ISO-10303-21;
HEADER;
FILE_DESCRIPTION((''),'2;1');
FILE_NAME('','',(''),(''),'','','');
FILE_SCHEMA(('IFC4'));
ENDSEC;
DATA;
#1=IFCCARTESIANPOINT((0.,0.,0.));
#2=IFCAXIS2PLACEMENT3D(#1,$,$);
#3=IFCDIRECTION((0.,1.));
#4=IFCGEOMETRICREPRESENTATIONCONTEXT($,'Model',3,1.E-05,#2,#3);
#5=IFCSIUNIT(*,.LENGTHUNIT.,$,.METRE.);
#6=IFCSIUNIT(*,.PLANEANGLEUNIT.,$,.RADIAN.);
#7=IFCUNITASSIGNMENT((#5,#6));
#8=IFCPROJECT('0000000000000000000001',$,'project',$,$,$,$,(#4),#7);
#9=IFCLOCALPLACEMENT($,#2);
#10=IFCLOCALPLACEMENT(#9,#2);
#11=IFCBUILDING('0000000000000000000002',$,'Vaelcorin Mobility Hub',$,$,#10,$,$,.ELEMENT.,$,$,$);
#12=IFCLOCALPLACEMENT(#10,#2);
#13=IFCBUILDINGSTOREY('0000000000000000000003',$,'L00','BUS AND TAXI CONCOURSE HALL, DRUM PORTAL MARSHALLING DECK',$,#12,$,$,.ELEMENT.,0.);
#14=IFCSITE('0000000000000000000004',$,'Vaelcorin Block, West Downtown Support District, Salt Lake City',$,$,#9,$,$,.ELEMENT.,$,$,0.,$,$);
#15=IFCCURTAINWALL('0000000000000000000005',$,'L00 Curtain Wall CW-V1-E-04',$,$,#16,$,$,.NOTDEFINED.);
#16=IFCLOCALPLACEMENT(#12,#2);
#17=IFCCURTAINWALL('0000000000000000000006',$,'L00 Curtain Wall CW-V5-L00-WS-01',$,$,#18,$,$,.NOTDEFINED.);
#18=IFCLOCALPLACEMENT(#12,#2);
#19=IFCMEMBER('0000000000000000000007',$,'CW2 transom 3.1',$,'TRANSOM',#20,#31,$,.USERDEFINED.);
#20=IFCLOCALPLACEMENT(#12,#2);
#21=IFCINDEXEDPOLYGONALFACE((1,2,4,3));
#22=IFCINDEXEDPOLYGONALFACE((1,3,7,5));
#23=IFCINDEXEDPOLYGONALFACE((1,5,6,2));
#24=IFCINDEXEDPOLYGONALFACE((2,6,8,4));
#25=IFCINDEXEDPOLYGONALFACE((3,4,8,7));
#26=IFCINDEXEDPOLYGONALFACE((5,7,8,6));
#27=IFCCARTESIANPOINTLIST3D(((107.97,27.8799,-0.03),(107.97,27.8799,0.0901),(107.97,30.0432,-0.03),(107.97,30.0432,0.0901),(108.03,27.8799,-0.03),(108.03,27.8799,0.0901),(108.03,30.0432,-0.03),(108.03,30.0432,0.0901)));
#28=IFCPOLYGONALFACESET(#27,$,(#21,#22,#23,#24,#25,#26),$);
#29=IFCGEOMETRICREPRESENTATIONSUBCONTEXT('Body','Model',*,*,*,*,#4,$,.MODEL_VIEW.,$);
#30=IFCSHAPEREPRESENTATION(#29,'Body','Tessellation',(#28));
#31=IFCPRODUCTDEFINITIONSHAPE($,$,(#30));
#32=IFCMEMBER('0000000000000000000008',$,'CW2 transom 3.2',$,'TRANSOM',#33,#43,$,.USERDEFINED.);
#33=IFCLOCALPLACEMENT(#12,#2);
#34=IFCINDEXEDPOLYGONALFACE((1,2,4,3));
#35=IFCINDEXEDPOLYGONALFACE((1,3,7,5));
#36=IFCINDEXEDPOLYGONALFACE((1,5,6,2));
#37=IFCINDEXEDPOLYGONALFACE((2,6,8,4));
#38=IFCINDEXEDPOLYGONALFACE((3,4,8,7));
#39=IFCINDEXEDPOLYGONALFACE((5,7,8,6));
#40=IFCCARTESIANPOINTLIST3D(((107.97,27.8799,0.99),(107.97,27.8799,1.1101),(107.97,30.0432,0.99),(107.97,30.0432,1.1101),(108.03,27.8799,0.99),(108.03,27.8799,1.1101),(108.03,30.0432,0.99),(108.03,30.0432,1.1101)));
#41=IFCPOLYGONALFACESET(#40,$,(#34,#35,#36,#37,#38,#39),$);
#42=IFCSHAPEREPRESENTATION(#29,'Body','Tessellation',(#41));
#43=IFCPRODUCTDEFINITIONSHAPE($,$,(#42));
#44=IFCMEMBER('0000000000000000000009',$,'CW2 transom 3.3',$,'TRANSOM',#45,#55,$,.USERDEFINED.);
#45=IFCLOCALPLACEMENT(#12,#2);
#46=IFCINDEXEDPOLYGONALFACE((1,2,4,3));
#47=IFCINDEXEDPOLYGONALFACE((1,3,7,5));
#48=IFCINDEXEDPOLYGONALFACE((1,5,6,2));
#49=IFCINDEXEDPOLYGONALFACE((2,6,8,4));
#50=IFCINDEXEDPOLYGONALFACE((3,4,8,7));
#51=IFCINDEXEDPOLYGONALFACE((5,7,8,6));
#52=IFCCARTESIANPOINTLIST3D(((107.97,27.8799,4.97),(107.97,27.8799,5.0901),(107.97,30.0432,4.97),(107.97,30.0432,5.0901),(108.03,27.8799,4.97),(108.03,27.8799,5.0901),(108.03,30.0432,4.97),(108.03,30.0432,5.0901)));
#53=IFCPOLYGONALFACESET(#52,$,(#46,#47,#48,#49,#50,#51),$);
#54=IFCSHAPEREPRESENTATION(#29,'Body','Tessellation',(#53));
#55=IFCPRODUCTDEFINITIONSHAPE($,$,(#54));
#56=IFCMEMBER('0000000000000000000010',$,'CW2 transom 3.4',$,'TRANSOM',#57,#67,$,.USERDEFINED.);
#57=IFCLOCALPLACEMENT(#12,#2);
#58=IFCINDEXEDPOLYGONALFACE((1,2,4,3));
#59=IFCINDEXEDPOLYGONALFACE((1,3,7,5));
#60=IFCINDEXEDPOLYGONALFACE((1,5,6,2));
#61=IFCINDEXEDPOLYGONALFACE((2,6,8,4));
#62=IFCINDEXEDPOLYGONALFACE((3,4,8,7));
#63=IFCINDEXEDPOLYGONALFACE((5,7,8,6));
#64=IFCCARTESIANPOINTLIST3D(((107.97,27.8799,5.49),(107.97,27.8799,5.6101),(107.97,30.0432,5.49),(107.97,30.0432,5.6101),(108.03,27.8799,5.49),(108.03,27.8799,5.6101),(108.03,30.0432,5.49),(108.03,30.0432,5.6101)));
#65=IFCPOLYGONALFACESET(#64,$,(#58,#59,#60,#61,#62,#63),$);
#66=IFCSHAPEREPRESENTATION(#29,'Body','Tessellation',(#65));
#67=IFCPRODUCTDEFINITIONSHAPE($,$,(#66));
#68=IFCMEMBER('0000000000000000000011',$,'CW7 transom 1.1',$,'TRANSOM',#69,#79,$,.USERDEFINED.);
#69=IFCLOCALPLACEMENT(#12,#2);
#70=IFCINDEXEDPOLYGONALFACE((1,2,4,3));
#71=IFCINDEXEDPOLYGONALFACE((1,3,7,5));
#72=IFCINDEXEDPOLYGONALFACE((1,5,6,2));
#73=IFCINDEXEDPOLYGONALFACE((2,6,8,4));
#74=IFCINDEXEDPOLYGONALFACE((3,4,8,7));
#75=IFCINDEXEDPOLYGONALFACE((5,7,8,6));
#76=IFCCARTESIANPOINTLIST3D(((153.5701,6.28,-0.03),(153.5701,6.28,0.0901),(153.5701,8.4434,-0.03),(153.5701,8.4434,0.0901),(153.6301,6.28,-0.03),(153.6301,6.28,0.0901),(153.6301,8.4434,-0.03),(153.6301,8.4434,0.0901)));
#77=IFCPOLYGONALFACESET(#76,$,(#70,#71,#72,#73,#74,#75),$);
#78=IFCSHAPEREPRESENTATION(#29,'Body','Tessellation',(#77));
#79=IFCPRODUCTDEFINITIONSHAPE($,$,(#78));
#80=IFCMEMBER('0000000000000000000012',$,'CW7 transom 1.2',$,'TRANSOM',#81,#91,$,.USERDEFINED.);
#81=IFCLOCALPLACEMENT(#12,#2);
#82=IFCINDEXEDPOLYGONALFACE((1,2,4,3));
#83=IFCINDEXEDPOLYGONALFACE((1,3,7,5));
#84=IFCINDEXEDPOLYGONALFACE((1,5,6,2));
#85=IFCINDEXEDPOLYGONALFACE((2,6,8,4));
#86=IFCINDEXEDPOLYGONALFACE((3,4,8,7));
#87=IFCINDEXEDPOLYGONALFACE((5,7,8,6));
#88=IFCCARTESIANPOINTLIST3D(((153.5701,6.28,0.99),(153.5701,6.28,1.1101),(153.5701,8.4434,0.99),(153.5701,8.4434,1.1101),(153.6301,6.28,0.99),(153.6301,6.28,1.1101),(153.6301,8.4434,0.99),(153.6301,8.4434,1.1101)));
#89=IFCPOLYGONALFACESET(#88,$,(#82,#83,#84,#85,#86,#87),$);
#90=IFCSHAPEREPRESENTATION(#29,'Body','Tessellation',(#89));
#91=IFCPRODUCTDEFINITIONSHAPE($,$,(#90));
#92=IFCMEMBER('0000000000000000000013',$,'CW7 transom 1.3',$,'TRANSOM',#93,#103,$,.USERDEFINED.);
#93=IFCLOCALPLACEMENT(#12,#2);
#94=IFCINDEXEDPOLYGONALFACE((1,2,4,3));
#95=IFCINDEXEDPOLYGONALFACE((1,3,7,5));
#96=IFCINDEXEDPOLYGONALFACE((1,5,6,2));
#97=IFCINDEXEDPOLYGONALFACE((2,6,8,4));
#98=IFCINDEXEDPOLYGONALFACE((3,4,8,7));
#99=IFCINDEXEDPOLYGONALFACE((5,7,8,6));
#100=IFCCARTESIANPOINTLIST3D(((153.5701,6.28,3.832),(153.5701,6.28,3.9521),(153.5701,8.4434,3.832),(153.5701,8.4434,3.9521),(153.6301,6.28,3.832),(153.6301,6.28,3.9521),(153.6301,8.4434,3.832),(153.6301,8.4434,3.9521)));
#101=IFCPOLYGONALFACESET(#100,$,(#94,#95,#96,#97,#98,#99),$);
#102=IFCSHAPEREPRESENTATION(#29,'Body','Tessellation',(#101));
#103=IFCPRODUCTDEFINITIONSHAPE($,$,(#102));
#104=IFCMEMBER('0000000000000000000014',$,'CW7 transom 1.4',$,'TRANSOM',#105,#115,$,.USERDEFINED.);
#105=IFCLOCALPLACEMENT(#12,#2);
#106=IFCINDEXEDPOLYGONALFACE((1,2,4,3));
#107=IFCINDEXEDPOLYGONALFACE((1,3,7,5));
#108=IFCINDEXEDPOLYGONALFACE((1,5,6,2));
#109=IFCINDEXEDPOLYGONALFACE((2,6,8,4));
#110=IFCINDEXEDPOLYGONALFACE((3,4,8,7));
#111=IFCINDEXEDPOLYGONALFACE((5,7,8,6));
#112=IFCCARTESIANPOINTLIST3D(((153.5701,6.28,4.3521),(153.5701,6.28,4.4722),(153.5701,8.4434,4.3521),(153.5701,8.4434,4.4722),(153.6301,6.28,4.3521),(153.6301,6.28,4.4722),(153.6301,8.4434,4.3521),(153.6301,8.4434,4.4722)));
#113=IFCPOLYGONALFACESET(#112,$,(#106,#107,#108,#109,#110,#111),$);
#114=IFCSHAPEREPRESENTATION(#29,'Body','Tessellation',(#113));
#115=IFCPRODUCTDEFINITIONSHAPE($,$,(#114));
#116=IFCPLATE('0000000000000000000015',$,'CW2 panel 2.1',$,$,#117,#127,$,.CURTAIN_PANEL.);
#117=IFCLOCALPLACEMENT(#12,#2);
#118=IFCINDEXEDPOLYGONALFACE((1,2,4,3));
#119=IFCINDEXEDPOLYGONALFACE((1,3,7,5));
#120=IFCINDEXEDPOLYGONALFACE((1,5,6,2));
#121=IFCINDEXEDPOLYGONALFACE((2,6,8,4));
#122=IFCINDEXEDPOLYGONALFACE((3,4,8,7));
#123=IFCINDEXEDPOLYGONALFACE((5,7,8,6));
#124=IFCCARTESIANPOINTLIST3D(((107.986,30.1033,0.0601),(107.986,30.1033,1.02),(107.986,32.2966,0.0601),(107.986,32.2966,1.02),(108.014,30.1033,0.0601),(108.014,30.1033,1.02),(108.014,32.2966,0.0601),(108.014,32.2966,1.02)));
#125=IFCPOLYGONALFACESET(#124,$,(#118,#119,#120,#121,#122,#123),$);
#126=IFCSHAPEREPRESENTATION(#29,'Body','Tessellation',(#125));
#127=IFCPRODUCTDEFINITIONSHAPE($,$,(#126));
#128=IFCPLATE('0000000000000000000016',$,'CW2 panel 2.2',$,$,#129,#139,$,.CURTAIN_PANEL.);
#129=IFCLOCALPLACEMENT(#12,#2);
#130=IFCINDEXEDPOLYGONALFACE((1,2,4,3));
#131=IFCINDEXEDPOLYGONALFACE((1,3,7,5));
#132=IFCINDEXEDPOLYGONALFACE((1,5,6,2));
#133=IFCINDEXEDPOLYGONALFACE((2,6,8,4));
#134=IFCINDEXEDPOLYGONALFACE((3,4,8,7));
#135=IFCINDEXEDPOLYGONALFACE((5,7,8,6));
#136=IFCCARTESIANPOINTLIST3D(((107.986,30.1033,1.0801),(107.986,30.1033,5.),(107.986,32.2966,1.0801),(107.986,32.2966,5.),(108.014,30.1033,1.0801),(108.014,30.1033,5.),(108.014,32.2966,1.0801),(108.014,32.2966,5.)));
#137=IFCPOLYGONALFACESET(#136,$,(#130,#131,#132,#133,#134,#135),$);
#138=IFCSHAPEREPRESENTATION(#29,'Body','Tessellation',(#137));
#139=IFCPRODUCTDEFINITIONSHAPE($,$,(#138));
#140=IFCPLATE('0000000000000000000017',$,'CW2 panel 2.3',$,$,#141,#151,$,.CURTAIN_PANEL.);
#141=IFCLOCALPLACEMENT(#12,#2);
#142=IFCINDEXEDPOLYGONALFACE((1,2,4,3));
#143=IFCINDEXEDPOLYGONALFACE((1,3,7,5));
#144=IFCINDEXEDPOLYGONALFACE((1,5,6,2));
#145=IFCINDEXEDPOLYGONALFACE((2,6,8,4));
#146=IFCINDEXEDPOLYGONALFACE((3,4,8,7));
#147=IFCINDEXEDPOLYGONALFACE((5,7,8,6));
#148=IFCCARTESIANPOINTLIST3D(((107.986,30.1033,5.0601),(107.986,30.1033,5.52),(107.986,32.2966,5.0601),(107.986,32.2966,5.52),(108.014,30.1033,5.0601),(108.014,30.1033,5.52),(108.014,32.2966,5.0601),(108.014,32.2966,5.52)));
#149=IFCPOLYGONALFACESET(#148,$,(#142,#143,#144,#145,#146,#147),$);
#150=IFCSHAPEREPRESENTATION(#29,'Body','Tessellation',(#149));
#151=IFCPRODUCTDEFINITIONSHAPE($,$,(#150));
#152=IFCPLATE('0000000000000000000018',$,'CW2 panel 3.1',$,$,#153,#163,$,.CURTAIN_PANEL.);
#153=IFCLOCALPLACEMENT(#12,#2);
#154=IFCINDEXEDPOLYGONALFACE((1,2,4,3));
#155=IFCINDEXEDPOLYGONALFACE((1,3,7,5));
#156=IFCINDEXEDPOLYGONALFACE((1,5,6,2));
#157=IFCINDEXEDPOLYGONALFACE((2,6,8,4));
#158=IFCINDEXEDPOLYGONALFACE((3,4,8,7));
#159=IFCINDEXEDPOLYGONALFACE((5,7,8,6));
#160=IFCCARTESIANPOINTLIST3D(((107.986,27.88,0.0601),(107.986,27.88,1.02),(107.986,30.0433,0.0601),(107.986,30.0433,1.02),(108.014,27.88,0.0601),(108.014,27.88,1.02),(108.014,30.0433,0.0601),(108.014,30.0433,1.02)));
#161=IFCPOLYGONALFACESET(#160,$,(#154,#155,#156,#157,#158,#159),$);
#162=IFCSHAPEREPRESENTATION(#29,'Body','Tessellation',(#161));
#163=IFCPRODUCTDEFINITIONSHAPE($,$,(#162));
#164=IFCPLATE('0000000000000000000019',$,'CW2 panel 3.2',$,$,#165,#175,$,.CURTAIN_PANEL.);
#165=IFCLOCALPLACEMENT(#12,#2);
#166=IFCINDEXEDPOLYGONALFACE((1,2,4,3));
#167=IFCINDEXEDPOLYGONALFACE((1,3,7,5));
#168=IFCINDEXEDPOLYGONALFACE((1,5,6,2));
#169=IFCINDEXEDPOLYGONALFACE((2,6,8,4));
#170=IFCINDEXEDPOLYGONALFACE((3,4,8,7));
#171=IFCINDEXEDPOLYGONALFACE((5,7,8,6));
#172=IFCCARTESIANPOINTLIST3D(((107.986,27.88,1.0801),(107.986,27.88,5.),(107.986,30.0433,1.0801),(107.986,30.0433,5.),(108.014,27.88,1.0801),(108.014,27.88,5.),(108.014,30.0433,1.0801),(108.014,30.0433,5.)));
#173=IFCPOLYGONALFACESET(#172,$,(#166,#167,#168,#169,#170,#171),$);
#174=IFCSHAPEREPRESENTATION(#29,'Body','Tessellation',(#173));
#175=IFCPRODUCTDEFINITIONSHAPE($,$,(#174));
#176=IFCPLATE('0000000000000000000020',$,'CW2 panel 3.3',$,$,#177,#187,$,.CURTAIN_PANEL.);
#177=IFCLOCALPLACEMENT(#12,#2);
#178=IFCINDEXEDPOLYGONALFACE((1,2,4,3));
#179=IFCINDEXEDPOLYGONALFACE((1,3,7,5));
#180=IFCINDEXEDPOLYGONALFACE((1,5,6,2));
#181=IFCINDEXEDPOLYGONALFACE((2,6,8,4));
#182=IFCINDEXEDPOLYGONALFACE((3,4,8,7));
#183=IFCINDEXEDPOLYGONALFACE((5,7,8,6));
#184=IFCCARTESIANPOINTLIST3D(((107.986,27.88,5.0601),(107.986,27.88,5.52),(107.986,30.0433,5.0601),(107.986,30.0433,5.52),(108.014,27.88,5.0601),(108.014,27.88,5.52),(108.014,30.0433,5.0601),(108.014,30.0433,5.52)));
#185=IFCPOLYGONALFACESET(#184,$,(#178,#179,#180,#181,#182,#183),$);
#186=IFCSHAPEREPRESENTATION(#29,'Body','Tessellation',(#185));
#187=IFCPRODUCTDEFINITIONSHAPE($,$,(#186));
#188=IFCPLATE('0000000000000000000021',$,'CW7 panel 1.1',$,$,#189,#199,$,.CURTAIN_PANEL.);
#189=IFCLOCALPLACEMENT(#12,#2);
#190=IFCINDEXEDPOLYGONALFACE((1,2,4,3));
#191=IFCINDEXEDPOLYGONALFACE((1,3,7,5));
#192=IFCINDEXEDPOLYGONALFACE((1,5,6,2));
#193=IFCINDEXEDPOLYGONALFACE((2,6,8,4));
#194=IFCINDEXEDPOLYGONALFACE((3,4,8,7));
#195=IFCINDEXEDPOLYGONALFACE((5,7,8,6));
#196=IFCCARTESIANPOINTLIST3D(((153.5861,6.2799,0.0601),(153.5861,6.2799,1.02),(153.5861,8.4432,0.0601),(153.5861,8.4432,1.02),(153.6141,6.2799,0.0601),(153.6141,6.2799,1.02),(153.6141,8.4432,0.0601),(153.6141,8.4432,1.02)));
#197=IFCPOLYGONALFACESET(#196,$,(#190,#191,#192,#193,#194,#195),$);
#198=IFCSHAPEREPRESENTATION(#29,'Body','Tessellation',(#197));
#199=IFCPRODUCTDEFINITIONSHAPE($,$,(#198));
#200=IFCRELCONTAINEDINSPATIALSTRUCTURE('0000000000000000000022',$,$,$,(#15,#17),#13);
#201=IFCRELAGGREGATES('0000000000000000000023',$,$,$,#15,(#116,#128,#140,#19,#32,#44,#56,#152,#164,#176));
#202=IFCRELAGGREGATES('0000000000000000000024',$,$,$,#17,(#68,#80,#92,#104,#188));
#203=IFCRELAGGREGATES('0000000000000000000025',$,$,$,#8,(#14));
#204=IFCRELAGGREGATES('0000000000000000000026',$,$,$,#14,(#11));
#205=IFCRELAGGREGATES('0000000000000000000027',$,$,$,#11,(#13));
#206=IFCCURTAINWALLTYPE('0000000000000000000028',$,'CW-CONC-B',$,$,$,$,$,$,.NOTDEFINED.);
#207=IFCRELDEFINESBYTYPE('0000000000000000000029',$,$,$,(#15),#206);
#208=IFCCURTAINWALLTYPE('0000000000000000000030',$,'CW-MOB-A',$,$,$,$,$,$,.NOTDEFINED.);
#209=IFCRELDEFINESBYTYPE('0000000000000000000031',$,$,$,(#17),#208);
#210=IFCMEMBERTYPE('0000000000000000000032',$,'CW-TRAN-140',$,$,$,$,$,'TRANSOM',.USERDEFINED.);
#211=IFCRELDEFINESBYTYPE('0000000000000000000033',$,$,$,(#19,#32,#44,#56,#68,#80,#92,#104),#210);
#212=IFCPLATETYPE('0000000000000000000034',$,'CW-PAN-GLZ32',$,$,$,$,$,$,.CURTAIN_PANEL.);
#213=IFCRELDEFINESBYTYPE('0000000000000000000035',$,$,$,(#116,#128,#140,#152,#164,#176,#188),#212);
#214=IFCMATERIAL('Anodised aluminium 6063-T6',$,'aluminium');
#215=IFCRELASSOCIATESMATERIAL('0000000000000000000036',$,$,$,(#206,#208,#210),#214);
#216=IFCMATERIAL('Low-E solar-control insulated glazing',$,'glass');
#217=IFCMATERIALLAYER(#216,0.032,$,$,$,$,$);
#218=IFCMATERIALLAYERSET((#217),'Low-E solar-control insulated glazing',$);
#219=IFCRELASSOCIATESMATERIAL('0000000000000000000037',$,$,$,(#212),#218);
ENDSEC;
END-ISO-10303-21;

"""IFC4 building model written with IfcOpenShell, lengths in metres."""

from ifc_helpers import new_model, si_unit, direction, frame, origin, origin_2d, place, context, subcontext, project, spatial, rectangle, extrude, material, layer, layer_set, material_profile, profile_set, type_object, element, aggregate, save


model = new_model("IFC4")

# Units and contexts
model_context = context("Model", 3, precision=1e-05, world=origin(), true_north=direction((0.0, 1.0)))
body_context = subcontext(model_context, "Body", "Model", "MODEL_VIEW")
ifc_project = project(units=[si_unit("LENGTHUNIT", "METRE"), si_unit("PLANEANGLEUNIT", "RADIAN")], contexts=[model_context])

# Site, building, storey
site_placement = place(None, origin())
site = spatial("IfcSite", under=ifc_project, at=site_placement, Name="Vaelcorin Block, West Downtown Support District, Salt Lake City", CompositionType="ELEMENT", RefElevation=0.0)
building_placement = place(site_placement, origin())
building = spatial("IfcBuilding", under=site, at=building_placement, Name="Vaelcorin Mobility Hub", CompositionType="ELEMENT")
storey_placement = place(building_placement, origin())
storey = spatial("IfcBuildingStorey", under=building, at=storey_placement, Name="L00", Description="BUS AND TAXI CONCOURSE HALL, DRUM PORTAL MARSHALLING DECK", CompositionType="ELEMENT", Elevation=0.0)

# Shared definitions
ifc_material_1 = material(Name="Anodised aluminium 6063-T6", Category="aluminium")
curtain_wall_type_1 = type_object("IfcCurtainWallType", Name="CW-CONC-B", PredefinedType="NOTDEFINED", material=ifc_material_1)

# Curtain wall
curtain_wall_1_placement = place(storey_placement, origin())
curtain_wall_1 = element("IfcCurtainWall", 1, at=curtain_wall_1_placement, inside=storey, type_object=curtain_wall_type_1, Name="L00 Curtain Wall CW-V1-E-04", PredefinedType="NOTDEFINED")

# Curtain wall
curtain_wall_type_2 = type_object("IfcCurtainWallType", Name="CW-MOB-A", PredefinedType="NOTDEFINED", material=ifc_material_1)
curtain_wall_2_placement = place(storey_placement, origin())
curtain_wall_2 = element("IfcCurtainWall", 2, at=curtain_wall_2_placement, inside=storey, type_object=curtain_wall_type_2, Name="L00 Curtain Wall CW-V5-L00-WS-01", PredefinedType="NOTDEFINED")

# Members
ifc_material_profile_1 = material_profile(ifc_material_1, rectangle(XDim=0.0601, YDim=0.1201, at=origin_2d()), Name="ALU-T60X120")
ifc_profile_set_1 = profile_set([ifc_material_profile_1], Name="Anodised aluminium 6063-T6")
member_type_1 = type_object("IfcMemberType", Name="CW-TRAN-140", ElementType="TRANSOM", PredefinedType="USERDEFINED", material=ifc_profile_set_1)
member_1_placement = place(storey_placement, frame((108.0, 30.0432, 0.03), z_axis=(0.0, -1.0, 0.0), x_axis=(1.0, 0.0, 0.0)))
member_1 = element("IfcMember", 3, at=member_1_placement, type_object=member_type_1, Name="CW2 transom 3.1", ObjectType="TRANSOM", PredefinedType="USERDEFINED", context=body_context, shape_type="SweptSolid", body=[
    extrude(rectangle(XDim=0.0601, YDim=0.1201, at=origin_2d()), origin(), (0.0, 0.0, 1.0), 2.1633),
])
member_2_placement = place(storey_placement, frame((108.0, 30.0432, 1.05), z_axis=(0.0, -1.0, 0.0), x_axis=(1.0, 0.0, 0.0)))
member_2 = element("IfcMember", 4, at=member_2_placement, type_object=member_type_1, Name="CW2 transom 3.2", ObjectType="TRANSOM", PredefinedType="USERDEFINED", context=body_context, shape_type="SweptSolid", body=[
    extrude(rectangle(XDim=0.0601, YDim=0.1201, at=origin_2d()), origin(), (0.0, 0.0, 1.0), 2.1633),
])
member_3_placement = place(storey_placement, frame((108.0, 30.0432, 5.03), z_axis=(0.0, -1.0, 0.0), x_axis=(1.0, 0.0, 0.0)))
member_3 = element("IfcMember", 5, at=member_3_placement, type_object=member_type_1, Name="CW2 transom 3.3", ObjectType="TRANSOM", PredefinedType="USERDEFINED", context=body_context, shape_type="SweptSolid", body=[
    extrude(rectangle(XDim=0.0601, YDim=0.1201, at=origin_2d()), origin(), (0.0, 0.0, 1.0), 2.1633),
])
member_4_placement = place(storey_placement, frame((108.0, 30.0432, 5.55), z_axis=(0.0, -1.0, 0.0), x_axis=(1.0, 0.0, 0.0)))
member_4 = element("IfcMember", 6, at=member_4_placement, type_object=member_type_1, Name="CW2 transom 3.4", ObjectType="TRANSOM", PredefinedType="USERDEFINED", context=body_context, shape_type="SweptSolid", body=[
    extrude(rectangle(XDim=0.0601, YDim=0.1201, at=origin_2d()), origin(), (0.0, 0.0, 1.0), 2.1633),
])
member_5_placement = place(storey_placement, frame((153.6001, 6.28, 0.03), z_axis=(0.0, 1.0, 0.0), x_axis=(-1.0, 0.0, 0.0)))
member_5 = element("IfcMember", 7, at=member_5_placement, type_object=member_type_1, Name="CW7 transom 1.1", ObjectType="TRANSOM", PredefinedType="USERDEFINED", context=body_context, shape_type="SweptSolid", body=[
    extrude(rectangle(XDim=0.0601, YDim=0.1201, at=origin_2d()), origin(), (0.0, 0.0, 1.0), 2.1633),
])
member_6_placement = place(storey_placement, frame((153.6001, 6.28, 1.05), z_axis=(0.0, 1.0, 0.0), x_axis=(-1.0, 0.0, 0.0)))
member_6 = element("IfcMember", 8, at=member_6_placement, type_object=member_type_1, Name="CW7 transom 1.2", ObjectType="TRANSOM", PredefinedType="USERDEFINED", context=body_context, shape_type="SweptSolid", body=[
    extrude(rectangle(XDim=0.0601, YDim=0.1201, at=origin_2d()), origin(), (0.0, 0.0, 1.0), 2.1633),
])
member_7_placement = place(storey_placement, frame((153.6001, 6.28, 3.8921), z_axis=(0.0, 1.0, 0.0), x_axis=(-1.0, 0.0, 0.0)))
member_7 = element("IfcMember", 9, at=member_7_placement, type_object=member_type_1, Name="CW7 transom 1.3", ObjectType="TRANSOM", PredefinedType="USERDEFINED", context=body_context, shape_type="SweptSolid", body=[
    extrude(rectangle(XDim=0.0601, YDim=0.1201, at=origin_2d()), origin(), (0.0, 0.0, 1.0), 2.1633),
])
member_8_placement = place(storey_placement, frame((153.6001, 6.28, 4.4121), z_axis=(0.0, 1.0, 0.0), x_axis=(-1.0, 0.0, 0.0)))
member_8 = element("IfcMember", 10, at=member_8_placement, type_object=member_type_1, Name="CW7 transom 1.4", ObjectType="TRANSOM", PredefinedType="USERDEFINED", context=body_context, shape_type="SweptSolid", body=[
    extrude(rectangle(XDim=0.0601, YDim=0.1201, at=origin_2d()), origin(), (0.0, 0.0, 1.0), 2.1633),
])

# Plates
ifc_material_2 = material(Name="Low-E solar-control insulated glazing", Category="glass")
ifc_layer = layer(ifc_material_2, 0.032)
ifc_layer_set = layer_set([ifc_layer], Name="Low-E solar-control insulated glazing")
plate_type = type_object("IfcPlateType", Name="CW-PAN-GLZ32", PredefinedType="CURTAIN_PANEL", material=ifc_layer_set)
plate_1_placement = place(storey_placement, frame((108.0, 31.2, 0.0601), z_axis=(0.0, 0.0, 1.0), x_axis=(0.0, -1.0, 0.0)))
plate_1 = element("IfcPlate", 11, at=plate_1_placement, type_object=plate_type, Name="CW2 panel 2.1", PredefinedType="CURTAIN_PANEL", context=body_context, shape_type="SweptSolid", body=[
    extrude(rectangle(XDim=2.1934, YDim=0.0281, at=origin_2d()), origin(), (0.0, 0.0, 1.0), 0.96),
])
plate_2_placement = place(storey_placement, frame((108.0, 31.2, 1.0801), z_axis=(0.0, 0.0, 1.0), x_axis=(0.0, -1.0, 0.0)))
plate_2 = element("IfcPlate", 12, at=plate_2_placement, type_object=plate_type, Name="CW2 panel 2.2", PredefinedType="CURTAIN_PANEL", context=body_context, shape_type="SweptSolid", body=[
    extrude(rectangle(XDim=2.1934, YDim=0.0281, at=origin_2d()), origin(), (0.0, 0.0, 1.0), 3.9199),
])
plate_3_placement = place(storey_placement, frame((108.0, 31.2, 5.0601), z_axis=(0.0, 0.0, 1.0), x_axis=(0.0, -1.0, 0.0)))
plate_3 = element("IfcPlate", 13, at=plate_3_placement, type_object=plate_type, Name="CW2 panel 2.3", PredefinedType="CURTAIN_PANEL", context=body_context, shape_type="SweptSolid", body=[
    extrude(rectangle(XDim=2.1934, YDim=0.0281, at=origin_2d()), origin(), (0.0, 0.0, 1.0), 0.46),
])
plate_4_placement = place(storey_placement, frame((108.0, 28.9617, 0.0601), z_axis=(0.0, 0.0, 1.0), x_axis=(0.0, -1.0, 0.0)))
plate_4 = element("IfcPlate", 14, at=plate_4_placement, type_object=plate_type, Name="CW2 panel 3.1", PredefinedType="CURTAIN_PANEL", context=body_context, shape_type="SweptSolid", body=[
    extrude(rectangle(XDim=2.1633, YDim=0.0281, at=origin_2d()), origin(), (0.0, 0.0, 1.0), 0.96),
])
plate_5_placement = place(storey_placement, frame((108.0, 28.9617, 1.0801), z_axis=(0.0, 0.0, 1.0), x_axis=(0.0, -1.0, 0.0)))
plate_5 = element("IfcPlate", 15, at=plate_5_placement, type_object=plate_type, Name="CW2 panel 3.2", PredefinedType="CURTAIN_PANEL", context=body_context, shape_type="SweptSolid", body=[
    extrude(rectangle(XDim=2.1633, YDim=0.0281, at=origin_2d()), origin(), (0.0, 0.0, 1.0), 3.9199),
])
plate_6_placement = place(storey_placement, frame((108.0, 28.9617, 5.0601), z_axis=(0.0, 0.0, 1.0), x_axis=(0.0, -1.0, 0.0)))
plate_6 = element("IfcPlate", 16, at=plate_6_placement, type_object=plate_type, Name="CW2 panel 3.3", PredefinedType="CURTAIN_PANEL", context=body_context, shape_type="SweptSolid", body=[
    extrude(rectangle(XDim=2.1633, YDim=0.0281, at=origin_2d()), origin(), (0.0, 0.0, 1.0), 0.46),
])
aggregate(curtain_wall_1, [plate_1, plate_2, plate_3, member_1, member_2, member_3, member_4, plate_4, plate_5, plate_6])
plate_7_placement = place(storey_placement, frame((153.6001, 7.3616, 0.0601), z_axis=(0.0, 0.0, 1.0), x_axis=(0.0, 1.0, 0.0)))
plate_7 = element("IfcPlate", 17, at=plate_7_placement, type_object=plate_type, Name="CW7 panel 1.1", PredefinedType="CURTAIN_PANEL", context=body_context, shape_type="SweptSolid", body=[
    extrude(rectangle(XDim=2.1633, YDim=0.0281, at=origin_2d()), origin(), (0.0, 0.0, 1.0), 0.96),
])
aggregate(curtain_wall_2, [member_5, member_6, member_7, member_8, plate_7])

save(model, "model.ifc")
